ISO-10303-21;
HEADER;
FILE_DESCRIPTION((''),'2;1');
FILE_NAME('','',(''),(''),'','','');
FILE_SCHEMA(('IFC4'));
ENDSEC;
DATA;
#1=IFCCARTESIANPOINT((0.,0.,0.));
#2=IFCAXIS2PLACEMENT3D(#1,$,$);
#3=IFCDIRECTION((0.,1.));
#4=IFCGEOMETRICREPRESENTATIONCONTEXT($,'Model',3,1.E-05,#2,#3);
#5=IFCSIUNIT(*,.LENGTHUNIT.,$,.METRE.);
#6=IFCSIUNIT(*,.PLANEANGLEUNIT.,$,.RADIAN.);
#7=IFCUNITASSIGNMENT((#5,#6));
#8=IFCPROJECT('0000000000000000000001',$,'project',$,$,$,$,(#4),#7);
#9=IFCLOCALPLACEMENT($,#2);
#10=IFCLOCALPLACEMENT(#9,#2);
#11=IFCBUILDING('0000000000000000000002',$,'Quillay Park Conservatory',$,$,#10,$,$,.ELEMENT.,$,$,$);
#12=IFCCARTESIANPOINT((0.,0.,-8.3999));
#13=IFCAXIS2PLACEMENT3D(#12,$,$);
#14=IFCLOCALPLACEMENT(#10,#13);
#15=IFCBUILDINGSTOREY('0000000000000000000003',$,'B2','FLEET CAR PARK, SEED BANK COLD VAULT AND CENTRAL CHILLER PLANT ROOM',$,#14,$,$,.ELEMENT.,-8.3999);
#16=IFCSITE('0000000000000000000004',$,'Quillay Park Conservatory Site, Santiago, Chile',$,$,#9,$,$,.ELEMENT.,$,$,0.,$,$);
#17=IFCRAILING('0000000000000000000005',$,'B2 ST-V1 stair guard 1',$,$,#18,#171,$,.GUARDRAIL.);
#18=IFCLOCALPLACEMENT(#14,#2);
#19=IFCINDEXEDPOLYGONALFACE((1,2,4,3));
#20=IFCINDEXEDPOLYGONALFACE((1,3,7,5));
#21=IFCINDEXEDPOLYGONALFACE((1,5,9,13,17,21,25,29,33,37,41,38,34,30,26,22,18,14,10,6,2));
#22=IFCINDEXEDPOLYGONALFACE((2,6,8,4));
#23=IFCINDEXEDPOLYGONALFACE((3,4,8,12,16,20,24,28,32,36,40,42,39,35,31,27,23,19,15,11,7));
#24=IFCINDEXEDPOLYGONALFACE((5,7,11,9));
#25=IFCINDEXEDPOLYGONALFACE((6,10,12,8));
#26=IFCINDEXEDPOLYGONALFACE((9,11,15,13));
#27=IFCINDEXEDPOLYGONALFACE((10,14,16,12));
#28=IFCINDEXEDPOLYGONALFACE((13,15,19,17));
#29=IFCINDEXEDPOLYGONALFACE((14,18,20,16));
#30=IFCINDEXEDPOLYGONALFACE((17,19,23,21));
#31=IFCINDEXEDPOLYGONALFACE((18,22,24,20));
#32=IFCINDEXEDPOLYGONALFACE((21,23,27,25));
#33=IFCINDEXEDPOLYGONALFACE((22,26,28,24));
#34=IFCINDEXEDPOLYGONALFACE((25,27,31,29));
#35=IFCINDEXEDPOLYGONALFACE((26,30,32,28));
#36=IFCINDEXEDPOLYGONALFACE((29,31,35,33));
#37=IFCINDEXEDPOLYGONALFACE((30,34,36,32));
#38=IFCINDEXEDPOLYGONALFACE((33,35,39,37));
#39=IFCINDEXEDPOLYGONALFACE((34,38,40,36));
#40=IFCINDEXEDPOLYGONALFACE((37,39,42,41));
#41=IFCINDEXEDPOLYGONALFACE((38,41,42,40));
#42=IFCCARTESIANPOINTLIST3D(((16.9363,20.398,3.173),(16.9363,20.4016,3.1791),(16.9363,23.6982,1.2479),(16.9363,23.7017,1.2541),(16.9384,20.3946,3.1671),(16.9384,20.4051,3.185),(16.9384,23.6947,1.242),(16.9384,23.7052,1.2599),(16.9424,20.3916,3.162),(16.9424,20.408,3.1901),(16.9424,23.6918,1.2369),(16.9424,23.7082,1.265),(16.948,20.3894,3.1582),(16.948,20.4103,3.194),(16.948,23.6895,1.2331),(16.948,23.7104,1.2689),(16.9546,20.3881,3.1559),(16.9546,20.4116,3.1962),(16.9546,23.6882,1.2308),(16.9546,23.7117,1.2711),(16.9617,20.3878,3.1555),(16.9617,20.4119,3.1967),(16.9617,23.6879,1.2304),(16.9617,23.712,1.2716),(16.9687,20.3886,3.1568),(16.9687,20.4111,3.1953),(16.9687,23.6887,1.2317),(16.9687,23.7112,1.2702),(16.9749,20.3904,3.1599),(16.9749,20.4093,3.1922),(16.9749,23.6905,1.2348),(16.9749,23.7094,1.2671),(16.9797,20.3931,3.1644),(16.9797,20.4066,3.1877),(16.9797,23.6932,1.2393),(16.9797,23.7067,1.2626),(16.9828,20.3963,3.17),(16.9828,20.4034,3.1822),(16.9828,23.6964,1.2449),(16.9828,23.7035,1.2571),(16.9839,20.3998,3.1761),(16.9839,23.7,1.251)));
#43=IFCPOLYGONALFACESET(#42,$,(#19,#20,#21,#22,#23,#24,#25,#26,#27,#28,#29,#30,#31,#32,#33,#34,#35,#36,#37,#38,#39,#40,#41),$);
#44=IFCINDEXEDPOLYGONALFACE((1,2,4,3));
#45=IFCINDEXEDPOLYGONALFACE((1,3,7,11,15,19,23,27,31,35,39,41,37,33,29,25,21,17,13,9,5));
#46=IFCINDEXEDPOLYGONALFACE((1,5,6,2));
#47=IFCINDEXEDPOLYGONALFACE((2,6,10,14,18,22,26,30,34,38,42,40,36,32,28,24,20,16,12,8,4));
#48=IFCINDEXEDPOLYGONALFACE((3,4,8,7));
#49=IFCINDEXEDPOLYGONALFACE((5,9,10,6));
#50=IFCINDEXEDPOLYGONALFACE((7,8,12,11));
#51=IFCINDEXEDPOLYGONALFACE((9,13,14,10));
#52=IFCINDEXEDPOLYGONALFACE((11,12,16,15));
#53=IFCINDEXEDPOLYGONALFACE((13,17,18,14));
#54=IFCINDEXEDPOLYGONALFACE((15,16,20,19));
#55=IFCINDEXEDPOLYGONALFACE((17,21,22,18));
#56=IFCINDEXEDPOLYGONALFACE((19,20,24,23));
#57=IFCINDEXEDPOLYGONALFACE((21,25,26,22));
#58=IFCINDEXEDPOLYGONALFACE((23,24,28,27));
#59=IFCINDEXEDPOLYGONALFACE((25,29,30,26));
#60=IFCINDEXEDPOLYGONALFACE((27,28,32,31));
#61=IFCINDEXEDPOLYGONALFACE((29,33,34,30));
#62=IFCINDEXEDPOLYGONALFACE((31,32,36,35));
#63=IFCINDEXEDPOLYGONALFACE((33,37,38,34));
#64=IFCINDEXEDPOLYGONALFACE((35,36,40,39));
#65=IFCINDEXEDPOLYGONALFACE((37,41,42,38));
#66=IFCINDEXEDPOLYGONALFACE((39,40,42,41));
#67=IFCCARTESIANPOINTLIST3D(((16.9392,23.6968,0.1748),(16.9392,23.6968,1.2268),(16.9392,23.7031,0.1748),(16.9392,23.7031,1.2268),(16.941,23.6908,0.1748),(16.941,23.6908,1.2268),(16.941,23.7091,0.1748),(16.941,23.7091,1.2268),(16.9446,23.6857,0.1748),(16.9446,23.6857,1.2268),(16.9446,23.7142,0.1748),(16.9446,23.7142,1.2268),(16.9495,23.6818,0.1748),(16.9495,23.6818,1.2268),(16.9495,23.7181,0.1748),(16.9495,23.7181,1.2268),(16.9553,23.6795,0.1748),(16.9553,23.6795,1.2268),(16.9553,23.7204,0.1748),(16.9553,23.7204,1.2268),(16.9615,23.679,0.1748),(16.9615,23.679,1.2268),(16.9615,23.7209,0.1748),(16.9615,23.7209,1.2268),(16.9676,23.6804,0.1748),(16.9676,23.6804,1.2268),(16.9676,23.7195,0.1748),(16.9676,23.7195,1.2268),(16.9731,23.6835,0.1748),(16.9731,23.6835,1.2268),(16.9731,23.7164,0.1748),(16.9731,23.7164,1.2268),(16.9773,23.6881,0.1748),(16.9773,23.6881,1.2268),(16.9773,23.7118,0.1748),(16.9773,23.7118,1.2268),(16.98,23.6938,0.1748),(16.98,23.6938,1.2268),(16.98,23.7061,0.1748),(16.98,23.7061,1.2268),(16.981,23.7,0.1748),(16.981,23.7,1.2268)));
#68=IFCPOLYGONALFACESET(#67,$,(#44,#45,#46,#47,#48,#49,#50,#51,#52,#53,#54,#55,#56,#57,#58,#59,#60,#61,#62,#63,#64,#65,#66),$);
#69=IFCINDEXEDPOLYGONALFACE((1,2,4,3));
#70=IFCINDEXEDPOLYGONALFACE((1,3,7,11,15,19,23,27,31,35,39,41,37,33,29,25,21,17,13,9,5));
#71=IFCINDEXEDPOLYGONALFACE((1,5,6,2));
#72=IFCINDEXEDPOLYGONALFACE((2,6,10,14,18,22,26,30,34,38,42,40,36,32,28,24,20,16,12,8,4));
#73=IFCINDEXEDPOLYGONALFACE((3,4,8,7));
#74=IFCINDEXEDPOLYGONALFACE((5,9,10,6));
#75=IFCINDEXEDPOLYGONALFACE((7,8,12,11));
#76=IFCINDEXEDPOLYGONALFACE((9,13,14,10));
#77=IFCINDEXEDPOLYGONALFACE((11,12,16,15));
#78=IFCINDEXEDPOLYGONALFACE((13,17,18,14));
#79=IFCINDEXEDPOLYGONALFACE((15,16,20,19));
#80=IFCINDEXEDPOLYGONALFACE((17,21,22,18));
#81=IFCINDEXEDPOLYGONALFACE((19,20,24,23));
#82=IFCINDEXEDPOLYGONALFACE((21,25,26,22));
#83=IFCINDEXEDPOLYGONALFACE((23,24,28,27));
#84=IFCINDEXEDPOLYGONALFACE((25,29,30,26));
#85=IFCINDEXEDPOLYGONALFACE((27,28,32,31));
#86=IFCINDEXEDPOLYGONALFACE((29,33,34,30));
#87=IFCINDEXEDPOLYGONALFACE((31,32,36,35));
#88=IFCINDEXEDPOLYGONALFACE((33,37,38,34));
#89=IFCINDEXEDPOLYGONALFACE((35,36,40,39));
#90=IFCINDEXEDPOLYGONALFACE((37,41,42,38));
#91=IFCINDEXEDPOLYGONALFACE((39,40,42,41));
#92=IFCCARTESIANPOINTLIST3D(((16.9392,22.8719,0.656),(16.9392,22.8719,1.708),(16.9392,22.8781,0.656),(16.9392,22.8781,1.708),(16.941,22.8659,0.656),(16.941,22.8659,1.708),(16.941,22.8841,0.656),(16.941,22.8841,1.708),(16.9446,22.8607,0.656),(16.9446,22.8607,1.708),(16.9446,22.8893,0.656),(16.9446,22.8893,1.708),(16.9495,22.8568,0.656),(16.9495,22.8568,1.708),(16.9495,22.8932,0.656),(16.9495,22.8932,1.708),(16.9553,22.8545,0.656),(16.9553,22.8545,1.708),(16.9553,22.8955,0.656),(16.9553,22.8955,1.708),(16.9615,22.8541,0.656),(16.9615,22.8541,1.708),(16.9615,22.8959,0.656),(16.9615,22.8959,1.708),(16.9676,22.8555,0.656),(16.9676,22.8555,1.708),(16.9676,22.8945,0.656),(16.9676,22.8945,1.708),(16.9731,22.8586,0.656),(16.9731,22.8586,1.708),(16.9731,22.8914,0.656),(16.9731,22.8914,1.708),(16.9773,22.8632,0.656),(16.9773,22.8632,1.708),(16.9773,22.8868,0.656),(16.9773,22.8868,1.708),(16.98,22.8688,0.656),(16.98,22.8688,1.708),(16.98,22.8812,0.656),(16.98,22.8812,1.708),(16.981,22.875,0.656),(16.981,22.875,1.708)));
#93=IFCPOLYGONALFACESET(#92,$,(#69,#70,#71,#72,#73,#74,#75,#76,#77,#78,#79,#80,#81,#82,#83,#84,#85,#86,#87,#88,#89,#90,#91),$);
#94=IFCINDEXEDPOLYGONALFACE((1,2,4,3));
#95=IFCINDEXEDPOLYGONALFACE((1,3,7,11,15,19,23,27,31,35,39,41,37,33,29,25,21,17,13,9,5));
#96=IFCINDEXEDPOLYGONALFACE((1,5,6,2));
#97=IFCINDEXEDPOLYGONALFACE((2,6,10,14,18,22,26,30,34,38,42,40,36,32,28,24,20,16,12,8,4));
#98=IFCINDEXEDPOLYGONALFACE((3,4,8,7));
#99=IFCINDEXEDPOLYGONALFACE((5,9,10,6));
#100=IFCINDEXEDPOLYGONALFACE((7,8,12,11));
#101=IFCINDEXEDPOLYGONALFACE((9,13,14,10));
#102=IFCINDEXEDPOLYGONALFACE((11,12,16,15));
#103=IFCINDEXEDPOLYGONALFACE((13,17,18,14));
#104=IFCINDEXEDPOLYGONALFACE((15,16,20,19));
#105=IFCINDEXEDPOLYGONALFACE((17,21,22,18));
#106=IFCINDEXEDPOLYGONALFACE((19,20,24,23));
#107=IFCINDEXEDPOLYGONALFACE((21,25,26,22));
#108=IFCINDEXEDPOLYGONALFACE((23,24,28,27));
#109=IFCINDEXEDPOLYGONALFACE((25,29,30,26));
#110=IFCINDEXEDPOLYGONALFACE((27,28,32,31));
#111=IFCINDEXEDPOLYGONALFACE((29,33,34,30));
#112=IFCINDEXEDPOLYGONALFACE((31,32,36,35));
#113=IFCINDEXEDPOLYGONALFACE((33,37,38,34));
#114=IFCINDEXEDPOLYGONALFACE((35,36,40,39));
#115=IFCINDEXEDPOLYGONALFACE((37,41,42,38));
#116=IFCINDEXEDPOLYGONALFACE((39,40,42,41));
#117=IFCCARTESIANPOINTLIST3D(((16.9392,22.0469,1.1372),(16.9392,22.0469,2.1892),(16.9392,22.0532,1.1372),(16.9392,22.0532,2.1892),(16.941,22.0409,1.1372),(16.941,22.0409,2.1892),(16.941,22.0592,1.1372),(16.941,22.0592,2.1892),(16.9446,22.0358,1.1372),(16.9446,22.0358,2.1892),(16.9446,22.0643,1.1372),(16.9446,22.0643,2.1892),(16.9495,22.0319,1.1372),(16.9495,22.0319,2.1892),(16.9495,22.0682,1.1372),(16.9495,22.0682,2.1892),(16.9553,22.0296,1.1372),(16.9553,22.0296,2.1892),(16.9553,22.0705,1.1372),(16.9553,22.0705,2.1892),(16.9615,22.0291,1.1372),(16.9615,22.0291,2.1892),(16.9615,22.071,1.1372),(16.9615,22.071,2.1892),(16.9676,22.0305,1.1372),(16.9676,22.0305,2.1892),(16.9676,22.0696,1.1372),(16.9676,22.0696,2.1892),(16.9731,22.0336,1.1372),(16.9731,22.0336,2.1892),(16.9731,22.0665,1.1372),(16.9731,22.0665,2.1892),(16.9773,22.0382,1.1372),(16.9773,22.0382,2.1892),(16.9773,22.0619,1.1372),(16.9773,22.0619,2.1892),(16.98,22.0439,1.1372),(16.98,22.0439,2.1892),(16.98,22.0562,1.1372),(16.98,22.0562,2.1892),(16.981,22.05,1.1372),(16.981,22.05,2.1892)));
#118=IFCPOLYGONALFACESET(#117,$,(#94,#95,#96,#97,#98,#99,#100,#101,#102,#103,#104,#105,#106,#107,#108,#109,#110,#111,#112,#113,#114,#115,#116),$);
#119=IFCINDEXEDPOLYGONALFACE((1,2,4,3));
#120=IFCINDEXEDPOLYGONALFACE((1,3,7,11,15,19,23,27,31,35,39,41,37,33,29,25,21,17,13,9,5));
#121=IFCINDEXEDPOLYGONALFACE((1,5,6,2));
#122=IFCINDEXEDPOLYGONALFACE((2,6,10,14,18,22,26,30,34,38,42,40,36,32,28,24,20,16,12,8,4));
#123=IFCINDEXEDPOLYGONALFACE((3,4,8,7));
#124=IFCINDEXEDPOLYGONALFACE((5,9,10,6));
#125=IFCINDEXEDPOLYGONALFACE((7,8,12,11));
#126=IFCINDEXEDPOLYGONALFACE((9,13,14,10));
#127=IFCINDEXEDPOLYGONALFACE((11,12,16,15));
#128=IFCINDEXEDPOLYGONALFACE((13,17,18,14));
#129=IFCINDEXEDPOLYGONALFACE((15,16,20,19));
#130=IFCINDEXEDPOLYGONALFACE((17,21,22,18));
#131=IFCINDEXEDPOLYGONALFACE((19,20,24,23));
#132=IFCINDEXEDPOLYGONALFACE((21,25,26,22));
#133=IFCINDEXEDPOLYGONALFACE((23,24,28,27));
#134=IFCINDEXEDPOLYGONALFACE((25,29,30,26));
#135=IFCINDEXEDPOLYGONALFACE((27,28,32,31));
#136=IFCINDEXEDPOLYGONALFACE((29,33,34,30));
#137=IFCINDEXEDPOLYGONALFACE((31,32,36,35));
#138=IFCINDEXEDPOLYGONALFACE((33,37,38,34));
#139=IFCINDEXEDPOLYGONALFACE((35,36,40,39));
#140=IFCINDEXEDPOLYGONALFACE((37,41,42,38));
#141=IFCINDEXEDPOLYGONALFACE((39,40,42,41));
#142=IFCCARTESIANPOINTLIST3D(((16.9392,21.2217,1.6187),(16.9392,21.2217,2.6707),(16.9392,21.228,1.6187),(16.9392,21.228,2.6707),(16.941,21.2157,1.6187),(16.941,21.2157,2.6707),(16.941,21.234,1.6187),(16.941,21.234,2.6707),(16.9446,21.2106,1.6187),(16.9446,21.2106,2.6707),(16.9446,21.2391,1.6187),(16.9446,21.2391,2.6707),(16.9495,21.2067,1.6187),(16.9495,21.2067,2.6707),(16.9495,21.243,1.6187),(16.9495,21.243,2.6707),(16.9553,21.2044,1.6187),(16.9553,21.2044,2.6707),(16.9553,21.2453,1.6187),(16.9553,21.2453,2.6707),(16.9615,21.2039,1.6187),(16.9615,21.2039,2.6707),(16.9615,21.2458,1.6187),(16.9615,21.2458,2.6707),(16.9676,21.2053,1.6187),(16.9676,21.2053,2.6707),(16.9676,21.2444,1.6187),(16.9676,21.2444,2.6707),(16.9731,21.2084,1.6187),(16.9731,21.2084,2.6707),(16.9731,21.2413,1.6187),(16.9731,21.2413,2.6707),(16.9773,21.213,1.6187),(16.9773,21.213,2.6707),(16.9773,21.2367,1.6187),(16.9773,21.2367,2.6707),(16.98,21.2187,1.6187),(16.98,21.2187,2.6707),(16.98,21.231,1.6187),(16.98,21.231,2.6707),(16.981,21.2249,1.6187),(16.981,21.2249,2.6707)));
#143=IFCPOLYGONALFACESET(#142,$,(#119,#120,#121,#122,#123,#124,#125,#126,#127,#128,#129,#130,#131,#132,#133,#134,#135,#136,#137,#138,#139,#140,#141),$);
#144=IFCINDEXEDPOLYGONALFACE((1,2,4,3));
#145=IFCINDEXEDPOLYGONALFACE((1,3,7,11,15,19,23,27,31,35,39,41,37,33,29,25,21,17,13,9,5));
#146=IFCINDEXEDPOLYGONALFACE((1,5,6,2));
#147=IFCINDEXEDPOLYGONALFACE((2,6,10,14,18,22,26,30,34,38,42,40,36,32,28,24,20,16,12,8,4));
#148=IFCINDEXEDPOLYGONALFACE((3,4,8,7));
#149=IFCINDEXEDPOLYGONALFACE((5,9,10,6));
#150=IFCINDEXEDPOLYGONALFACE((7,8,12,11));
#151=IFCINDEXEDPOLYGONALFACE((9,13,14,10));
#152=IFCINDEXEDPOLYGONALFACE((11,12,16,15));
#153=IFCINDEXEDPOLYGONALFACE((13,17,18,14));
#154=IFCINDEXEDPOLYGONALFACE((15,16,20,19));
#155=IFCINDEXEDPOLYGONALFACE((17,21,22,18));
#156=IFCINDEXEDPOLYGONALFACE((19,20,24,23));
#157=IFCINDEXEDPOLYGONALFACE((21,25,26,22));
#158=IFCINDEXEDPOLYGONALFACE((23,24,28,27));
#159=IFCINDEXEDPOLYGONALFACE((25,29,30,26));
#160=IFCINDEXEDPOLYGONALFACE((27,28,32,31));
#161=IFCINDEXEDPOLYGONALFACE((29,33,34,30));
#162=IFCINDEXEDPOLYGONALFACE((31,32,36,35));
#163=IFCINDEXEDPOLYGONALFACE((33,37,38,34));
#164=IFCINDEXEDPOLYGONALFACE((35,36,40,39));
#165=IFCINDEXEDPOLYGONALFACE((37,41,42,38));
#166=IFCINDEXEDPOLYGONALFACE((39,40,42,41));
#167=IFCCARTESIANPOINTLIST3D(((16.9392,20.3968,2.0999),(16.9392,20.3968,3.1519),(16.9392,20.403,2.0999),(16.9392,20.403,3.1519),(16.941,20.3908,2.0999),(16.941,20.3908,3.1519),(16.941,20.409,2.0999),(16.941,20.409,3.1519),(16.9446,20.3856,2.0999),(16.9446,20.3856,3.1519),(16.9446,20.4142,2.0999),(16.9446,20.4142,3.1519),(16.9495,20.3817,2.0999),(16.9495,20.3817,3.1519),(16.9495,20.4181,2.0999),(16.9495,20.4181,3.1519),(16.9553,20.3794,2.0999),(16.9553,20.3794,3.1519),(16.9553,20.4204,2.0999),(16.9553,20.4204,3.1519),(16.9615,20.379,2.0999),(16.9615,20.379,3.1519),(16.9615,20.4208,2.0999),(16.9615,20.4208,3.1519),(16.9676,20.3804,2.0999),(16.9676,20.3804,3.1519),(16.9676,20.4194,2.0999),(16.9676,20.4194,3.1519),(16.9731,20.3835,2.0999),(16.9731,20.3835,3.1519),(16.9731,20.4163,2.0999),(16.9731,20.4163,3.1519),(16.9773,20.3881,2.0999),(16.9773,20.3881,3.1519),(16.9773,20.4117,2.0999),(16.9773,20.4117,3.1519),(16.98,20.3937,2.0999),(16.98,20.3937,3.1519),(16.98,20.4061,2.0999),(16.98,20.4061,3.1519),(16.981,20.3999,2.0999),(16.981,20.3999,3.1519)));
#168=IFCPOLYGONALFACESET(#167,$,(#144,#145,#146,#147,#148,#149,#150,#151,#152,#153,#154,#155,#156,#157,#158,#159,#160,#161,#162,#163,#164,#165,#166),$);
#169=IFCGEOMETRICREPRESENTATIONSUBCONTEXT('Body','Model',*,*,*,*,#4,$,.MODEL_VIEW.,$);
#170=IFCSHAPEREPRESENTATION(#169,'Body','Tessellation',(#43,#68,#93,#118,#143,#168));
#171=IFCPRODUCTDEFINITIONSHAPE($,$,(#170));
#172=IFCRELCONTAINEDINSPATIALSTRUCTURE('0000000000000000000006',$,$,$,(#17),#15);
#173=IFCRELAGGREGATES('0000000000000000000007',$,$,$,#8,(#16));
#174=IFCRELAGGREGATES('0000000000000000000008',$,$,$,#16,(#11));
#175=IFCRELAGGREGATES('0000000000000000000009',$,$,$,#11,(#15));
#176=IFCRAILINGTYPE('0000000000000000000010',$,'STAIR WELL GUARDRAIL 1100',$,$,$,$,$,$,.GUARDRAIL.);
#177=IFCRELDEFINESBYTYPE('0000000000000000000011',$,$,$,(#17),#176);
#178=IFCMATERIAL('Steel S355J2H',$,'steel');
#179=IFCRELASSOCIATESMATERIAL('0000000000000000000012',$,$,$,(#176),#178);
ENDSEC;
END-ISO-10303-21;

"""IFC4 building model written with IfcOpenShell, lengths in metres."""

from ifc_helpers import new_model, si_unit, direction, frame, origin, origin_2d, place, context, subcontext, project, spatial, circle, extrude, material, type_object, element, save


model = new_model("IFC4")

# Units and contexts
model_context = context("Model", 3, precision=1e-05, world=origin(), true_north=direction((0.0, 1.0)))
body_context = subcontext(model_context, "Body", "Model", "MODEL_VIEW")
ifc_project = project(units=[si_unit("LENGTHUNIT", "METRE"), si_unit("PLANEANGLEUNIT", "RADIAN")], contexts=[model_context])

# Site, building, storey
site_placement = place(None, origin())
site = spatial("IfcSite", under=ifc_project, at=site_placement, Name="Quillay Park Conservatory Site, Santiago, Chile", CompositionType="ELEMENT", RefElevation=0.0)
building_placement = place(site_placement, origin())
building = spatial("IfcBuilding", under=site, at=building_placement, Name="Quillay Park Conservatory", CompositionType="ELEMENT")
storey_placement = place(building_placement, frame((0.0, 0.0, -8.3999)))
storey = spatial("IfcBuildingStorey", under=building, at=storey_placement, Name="B2", Description="FLEET CAR PARK, SEED BANK COLD VAULT AND CENTRAL CHILLER PLANT ROOM", CompositionType="ELEMENT", Elevation=-8.3999)

# Railing
ifc_material_1 = material(Name="Steel S355J2H", Category="steel")
railing_type_1 = type_object("IfcRailingType", Name="STAIR WELL GUARDRAIL 1100", PredefinedType="GUARDRAIL", material=ifc_material_1)
railing_1_placement = place(storey_placement, frame((16.96, 23.7, 0.1748)))
element("IfcRailing", 1, at=railing_1_placement, inside=storey, type_object=railing_type_1, Name="B2 ST-V1 stair guard 1", PredefinedType="GUARDRAIL", context=body_context, shape_type="SweptSolid", body=[
    extrude(circle(Radius=0.0239, at=origin_2d()), frame((0.0, 0.0, 1.0762), z_axis=(0.0, -0.863777, 0.503875), x_axis=(1.0, 0.0, 0.0)), (0.0, 0.0, 1.0), 3.8206),
    extrude(circle(Radius=0.021, at=origin_2d()), origin(), (0.0, 0.0, 1.0), 1.052),
    extrude(circle(Radius=0.021, at=origin_2d()), frame((0.0, -0.825, 0.4812)), (0.0, 0.0, 1.0), 1.052),
    extrude(circle(Radius=0.021, at=origin_2d()), frame((0.0, -1.6499, 0.9624)), (0.0, 0.0, 1.0), 1.052),
    extrude(circle(Radius=0.021, at=origin_2d()), frame((0.0, -2.4751, 1.4438)), (0.0, 0.0, 1.0), 1.052),
    extrude(circle(Radius=0.021, at=origin_2d()), frame((0.0, -3.3, 1.925)), (0.0, 0.0, 1.0), 1.052),
])

save(model, "model.ifc")
